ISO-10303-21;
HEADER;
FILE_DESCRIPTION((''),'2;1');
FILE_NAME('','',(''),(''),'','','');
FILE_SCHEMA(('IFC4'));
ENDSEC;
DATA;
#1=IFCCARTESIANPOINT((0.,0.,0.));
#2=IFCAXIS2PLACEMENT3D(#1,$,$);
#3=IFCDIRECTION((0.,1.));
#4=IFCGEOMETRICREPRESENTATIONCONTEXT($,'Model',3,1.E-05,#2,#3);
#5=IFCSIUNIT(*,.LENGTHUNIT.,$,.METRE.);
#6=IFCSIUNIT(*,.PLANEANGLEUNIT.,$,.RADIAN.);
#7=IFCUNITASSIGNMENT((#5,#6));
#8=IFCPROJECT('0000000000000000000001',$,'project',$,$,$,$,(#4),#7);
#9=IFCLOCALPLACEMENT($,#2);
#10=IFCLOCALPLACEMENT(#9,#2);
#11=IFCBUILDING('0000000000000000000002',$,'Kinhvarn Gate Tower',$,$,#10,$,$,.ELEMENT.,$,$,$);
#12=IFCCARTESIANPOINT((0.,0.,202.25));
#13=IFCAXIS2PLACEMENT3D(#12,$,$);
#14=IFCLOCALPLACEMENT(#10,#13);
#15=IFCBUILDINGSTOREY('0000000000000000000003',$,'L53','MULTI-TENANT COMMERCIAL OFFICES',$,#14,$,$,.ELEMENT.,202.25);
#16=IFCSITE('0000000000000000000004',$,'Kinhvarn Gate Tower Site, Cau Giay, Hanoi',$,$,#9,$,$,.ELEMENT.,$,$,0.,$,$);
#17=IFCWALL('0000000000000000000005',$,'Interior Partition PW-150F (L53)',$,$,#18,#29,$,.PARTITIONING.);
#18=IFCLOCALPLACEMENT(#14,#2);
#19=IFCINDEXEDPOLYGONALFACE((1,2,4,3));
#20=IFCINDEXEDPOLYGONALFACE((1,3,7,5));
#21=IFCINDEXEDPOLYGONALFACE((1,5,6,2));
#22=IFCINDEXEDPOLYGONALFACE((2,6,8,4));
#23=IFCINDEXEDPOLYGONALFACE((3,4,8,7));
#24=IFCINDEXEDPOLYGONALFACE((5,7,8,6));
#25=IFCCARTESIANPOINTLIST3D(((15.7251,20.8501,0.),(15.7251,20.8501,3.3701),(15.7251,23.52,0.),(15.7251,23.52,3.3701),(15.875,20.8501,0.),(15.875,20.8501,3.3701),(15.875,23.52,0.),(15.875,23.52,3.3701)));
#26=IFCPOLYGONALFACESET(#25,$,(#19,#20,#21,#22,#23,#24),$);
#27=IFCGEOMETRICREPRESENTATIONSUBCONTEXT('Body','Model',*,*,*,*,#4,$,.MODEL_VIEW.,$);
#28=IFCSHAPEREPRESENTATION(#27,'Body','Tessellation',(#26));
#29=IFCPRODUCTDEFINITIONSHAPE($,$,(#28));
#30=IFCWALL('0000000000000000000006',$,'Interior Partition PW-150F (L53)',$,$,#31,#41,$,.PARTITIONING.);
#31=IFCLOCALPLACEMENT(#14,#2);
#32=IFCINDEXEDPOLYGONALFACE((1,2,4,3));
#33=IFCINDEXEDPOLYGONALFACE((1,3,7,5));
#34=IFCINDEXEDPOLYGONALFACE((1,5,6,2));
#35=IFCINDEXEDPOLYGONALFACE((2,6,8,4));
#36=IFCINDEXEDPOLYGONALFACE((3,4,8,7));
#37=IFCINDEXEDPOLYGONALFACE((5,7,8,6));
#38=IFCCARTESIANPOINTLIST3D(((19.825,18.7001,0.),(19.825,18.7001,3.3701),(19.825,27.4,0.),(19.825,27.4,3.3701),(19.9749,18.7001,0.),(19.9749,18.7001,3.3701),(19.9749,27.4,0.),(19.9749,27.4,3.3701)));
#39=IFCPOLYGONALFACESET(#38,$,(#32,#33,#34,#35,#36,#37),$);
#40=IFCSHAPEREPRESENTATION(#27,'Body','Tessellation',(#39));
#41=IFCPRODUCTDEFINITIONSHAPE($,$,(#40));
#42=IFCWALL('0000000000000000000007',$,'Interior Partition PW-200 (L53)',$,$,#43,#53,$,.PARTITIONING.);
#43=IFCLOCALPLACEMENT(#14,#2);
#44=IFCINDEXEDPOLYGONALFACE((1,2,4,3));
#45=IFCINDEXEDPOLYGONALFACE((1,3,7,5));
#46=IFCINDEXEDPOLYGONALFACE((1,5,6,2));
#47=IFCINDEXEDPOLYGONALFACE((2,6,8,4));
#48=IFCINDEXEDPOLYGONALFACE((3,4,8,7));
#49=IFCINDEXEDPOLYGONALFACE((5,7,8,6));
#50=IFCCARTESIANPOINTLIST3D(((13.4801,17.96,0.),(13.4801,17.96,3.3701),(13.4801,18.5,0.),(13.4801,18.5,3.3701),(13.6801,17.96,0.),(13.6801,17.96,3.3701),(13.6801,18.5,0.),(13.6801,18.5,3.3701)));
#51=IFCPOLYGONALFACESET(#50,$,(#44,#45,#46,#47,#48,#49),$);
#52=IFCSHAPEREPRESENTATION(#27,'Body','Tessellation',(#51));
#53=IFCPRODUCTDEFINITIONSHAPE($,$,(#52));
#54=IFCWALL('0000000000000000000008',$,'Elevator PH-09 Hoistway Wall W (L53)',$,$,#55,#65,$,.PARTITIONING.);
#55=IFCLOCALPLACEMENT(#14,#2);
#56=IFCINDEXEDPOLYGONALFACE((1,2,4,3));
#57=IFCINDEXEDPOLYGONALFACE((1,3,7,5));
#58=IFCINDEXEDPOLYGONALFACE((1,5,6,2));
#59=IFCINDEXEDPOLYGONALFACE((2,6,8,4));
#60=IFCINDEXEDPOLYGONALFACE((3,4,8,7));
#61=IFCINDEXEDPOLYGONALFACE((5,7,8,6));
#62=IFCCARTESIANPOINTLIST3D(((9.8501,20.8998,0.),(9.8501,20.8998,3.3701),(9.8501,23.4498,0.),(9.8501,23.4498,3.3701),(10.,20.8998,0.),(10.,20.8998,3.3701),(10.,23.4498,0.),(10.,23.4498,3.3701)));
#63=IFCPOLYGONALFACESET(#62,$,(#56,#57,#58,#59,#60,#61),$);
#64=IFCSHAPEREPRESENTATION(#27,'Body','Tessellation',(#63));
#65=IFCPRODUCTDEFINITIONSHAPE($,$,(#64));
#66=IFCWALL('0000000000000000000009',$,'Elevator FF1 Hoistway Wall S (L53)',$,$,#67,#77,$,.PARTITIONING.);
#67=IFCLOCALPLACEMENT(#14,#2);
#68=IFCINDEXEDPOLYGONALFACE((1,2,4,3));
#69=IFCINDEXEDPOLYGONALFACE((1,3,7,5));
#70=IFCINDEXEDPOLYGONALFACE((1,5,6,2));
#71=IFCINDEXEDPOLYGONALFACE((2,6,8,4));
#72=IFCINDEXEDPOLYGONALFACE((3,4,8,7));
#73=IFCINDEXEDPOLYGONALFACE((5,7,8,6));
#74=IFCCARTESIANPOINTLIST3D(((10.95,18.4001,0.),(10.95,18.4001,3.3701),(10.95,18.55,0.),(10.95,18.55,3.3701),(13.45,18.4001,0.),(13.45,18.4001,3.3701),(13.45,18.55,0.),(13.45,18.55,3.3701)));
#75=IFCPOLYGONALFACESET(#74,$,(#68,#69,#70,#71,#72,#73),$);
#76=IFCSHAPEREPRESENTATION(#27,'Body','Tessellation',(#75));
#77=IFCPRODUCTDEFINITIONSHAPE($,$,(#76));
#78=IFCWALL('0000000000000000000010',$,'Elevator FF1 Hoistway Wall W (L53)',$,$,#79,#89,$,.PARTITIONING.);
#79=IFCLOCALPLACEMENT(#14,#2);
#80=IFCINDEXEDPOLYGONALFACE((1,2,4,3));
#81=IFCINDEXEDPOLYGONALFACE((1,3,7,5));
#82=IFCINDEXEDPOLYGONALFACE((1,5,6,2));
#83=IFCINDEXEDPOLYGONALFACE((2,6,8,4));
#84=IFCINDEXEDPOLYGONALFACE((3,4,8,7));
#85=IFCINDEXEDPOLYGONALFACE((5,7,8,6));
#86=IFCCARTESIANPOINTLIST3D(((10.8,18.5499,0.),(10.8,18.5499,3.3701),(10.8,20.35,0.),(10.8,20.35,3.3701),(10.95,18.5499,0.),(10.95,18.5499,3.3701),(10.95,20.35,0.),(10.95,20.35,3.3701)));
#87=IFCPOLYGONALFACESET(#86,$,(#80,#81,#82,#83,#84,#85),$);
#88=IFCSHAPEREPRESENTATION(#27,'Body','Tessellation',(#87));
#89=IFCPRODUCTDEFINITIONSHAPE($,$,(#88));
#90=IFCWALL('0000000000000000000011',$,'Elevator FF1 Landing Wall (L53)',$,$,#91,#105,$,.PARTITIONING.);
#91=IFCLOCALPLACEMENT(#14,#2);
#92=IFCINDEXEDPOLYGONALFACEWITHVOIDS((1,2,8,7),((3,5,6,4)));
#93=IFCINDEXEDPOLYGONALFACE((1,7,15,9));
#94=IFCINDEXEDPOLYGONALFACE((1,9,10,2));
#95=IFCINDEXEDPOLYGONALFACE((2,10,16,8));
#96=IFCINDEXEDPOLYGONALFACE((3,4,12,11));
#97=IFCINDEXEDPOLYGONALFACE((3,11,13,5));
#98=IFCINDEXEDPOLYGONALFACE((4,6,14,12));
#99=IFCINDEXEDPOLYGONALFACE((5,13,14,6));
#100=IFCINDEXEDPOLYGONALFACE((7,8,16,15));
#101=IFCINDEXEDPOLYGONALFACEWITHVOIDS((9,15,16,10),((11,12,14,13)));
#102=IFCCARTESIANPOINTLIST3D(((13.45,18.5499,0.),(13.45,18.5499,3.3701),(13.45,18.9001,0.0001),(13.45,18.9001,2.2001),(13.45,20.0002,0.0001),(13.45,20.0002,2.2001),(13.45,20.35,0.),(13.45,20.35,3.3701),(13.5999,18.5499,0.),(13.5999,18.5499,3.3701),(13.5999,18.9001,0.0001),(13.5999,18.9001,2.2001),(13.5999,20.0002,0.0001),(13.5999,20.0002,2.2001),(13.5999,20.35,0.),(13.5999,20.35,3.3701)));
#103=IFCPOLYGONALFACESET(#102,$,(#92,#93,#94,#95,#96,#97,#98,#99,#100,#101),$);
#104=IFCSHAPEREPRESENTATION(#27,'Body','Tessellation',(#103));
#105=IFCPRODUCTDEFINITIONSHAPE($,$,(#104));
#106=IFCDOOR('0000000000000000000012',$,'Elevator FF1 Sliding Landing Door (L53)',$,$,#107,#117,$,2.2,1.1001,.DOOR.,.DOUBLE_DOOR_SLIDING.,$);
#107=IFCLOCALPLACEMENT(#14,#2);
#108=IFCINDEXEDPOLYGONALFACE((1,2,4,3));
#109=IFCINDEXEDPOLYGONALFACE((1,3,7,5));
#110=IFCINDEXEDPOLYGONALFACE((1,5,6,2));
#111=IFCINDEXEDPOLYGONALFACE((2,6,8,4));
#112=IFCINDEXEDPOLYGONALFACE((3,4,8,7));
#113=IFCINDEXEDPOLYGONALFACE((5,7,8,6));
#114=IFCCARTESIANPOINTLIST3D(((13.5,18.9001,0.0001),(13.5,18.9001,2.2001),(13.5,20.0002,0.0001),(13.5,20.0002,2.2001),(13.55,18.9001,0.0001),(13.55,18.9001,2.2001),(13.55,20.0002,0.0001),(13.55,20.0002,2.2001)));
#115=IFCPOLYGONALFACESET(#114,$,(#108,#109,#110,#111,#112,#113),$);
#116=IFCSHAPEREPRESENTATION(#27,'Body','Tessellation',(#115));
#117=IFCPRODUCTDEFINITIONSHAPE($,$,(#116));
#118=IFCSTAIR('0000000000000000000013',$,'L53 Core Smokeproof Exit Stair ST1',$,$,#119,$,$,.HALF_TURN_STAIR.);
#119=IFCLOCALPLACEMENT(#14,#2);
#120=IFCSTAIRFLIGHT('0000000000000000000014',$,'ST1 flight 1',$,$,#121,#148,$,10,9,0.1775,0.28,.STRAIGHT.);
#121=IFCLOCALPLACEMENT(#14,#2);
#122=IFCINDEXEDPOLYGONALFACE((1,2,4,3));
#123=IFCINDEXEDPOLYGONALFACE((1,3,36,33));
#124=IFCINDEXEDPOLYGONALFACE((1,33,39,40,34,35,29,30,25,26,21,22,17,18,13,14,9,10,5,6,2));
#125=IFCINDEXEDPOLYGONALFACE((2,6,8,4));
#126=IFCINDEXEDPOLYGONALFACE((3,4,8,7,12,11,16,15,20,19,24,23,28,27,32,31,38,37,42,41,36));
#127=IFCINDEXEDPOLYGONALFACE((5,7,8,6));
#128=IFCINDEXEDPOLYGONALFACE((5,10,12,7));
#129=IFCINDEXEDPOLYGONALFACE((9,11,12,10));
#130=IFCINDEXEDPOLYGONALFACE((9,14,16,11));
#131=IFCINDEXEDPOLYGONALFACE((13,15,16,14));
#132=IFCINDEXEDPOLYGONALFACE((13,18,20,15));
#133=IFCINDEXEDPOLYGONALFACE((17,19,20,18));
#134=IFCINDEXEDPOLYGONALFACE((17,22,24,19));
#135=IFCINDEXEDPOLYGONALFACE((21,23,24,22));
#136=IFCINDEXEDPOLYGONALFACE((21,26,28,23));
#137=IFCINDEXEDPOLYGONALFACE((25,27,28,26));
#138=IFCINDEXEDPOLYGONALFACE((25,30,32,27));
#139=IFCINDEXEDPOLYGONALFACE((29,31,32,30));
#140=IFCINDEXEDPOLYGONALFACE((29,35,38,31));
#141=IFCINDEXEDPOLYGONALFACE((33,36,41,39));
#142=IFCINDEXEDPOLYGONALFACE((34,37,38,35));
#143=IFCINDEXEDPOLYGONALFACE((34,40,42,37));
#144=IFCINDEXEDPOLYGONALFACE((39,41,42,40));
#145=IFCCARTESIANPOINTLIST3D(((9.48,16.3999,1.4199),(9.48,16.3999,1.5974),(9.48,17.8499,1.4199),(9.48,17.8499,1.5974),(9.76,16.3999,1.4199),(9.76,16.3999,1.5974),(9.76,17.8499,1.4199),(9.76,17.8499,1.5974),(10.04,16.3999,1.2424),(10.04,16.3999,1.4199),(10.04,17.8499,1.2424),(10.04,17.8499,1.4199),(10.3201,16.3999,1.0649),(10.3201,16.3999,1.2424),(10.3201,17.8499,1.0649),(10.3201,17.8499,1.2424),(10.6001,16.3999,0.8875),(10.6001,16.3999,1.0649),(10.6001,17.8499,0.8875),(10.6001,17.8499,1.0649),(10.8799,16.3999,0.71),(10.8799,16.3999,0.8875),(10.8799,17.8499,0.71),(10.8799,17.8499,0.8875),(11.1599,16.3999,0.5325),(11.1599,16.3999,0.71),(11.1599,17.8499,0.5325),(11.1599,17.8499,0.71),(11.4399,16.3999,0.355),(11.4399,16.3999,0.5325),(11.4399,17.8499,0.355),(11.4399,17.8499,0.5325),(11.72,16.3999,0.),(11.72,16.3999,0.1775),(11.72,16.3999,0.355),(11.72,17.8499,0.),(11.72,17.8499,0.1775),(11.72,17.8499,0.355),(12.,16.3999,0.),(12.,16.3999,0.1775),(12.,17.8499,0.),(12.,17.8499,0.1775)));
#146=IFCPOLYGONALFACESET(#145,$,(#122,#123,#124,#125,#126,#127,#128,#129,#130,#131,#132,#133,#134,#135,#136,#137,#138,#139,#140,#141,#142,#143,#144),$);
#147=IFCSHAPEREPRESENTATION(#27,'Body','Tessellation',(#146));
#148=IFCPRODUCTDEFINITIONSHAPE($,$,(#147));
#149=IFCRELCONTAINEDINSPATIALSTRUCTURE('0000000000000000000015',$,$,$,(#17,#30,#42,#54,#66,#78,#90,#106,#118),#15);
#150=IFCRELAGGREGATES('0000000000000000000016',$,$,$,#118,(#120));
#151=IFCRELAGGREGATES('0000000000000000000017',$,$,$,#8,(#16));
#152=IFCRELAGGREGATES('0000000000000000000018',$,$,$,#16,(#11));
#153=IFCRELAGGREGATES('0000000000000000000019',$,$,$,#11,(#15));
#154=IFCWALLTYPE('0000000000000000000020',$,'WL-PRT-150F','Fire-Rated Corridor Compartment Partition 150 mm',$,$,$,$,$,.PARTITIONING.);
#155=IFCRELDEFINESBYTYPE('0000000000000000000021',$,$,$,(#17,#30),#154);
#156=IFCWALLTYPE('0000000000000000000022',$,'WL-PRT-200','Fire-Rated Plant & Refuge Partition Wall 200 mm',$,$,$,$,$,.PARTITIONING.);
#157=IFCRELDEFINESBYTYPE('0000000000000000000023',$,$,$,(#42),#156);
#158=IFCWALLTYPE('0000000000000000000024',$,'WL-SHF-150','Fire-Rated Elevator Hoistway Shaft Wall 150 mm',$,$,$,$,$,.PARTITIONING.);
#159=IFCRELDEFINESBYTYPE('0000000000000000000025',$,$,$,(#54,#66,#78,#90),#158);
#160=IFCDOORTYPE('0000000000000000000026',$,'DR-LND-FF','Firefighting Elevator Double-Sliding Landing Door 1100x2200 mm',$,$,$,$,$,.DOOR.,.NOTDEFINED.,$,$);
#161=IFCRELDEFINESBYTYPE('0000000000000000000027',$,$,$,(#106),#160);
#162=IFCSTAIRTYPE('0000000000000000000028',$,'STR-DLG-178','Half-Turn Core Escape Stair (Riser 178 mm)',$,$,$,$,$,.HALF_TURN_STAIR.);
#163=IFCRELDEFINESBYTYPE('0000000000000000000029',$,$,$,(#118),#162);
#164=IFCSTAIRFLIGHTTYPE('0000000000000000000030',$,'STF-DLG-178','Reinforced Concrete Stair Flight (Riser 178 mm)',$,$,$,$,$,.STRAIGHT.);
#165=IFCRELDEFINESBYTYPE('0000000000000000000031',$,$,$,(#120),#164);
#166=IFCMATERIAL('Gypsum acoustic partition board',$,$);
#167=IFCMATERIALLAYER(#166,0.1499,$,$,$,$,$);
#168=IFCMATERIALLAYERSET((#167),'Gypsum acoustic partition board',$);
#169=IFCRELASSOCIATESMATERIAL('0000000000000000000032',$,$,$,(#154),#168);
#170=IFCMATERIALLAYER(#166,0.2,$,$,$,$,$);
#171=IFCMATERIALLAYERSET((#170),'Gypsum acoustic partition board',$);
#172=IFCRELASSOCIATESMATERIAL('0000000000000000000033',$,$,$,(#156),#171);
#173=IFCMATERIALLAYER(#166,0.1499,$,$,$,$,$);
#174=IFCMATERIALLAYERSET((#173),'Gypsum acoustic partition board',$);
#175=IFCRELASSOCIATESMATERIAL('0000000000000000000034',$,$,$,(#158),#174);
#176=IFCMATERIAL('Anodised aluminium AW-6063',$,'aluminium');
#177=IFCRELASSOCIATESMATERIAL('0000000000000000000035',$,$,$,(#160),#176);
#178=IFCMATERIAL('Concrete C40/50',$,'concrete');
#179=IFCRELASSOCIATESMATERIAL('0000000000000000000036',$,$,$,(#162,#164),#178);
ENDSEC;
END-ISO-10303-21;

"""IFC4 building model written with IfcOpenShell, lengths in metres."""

from ifc_helpers import new_model, si_unit, direction, frame, frame_2d, origin, place, context, subcontext, project, spatial, polyline, rectangle, outline, extrude, material, layer, layer_set, type_object, element, fill, aggregate, save


model = new_model("IFC4")

# Units and contexts
model_context = context("Model", 3, precision=1e-05, world=origin(), true_north=direction((0.0, 1.0)))
body_context = subcontext(model_context, "Body", "Model", "MODEL_VIEW")
ifc_project = project(units=[si_unit("LENGTHUNIT", "METRE"), si_unit("PLANEANGLEUNIT", "RADIAN")], contexts=[model_context])

# Site, building, storey
site_placement = place(None, origin())
site = spatial("IfcSite", under=ifc_project, at=site_placement, Name="Kinhvarn Gate Tower Site, Cau Giay, Hanoi", CompositionType="ELEMENT", RefElevation=0.0)
building_placement = place(site_placement, origin())
building = spatial("IfcBuilding", under=site, at=building_placement, Name="Kinhvarn Gate Tower", CompositionType="ELEMENT")
storey_placement = place(building_placement, frame((0.0, 0.0, 202.25)))
storey = spatial("IfcBuildingStorey", under=building, at=storey_placement, Name="L53", Description="MULTI-TENANT COMMERCIAL OFFICES", CompositionType="ELEMENT", Elevation=202.25)

# Shared definitions
ifc_material_1 = material(Name="Anodised aluminium AW-6063", Category="aluminium")

# Shared definitions
ifc_material_2 = material(Name="Gypsum acoustic partition board")

# Walls
ifc_layer_1 = layer(ifc_material_2, 0.1499)
ifc_layer_set_1 = layer_set([ifc_layer_1], Name="Gypsum acoustic partition board")
wall_type_1 = type_object("IfcWallType", Name="WL-PRT-150F", Description="Fire-Rated Corridor Compartment Partition 150 mm", PredefinedType="PARTITIONING", material=ifc_layer_set_1)
wall_1_placement = place(storey_placement, frame((15.8, 20.8501, 0.0), z_axis=(0.0, 0.0, 1.0), x_axis=(0.0, 1.0, 0.0)))
element("IfcWall", 1, at=wall_1_placement, inside=storey, type_object=wall_type_1, Name="Interior Partition PW-150F (L53)", PredefinedType="PARTITIONING", context=body_context, shape_type="SweptSolid", body=[
    extrude(rectangle(XDim=2.6699, YDim=0.1499, at=frame_2d((1.335, 0.0))), origin(), (0.0, 0.0, 1.0), 3.3701),
])
wall_2_placement = place(storey_placement, frame((19.8999, 18.7, 0.0), z_axis=(0.0, 0.0, 1.0), x_axis=(0.0, 1.0, 0.0)))
element("IfcWall", 2, at=wall_2_placement, inside=storey, type_object=wall_type_1, Name="Interior Partition PW-150F (L53)", PredefinedType="PARTITIONING", context=body_context, shape_type="SweptSolid", body=[
    extrude(rectangle(XDim=8.7, YDim=0.1499, at=frame_2d((4.3501, 0.0))), origin(), (0.0, 0.0, 1.0), 3.3701),
])
ifc_layer_2 = layer(ifc_material_2, 0.2)
ifc_layer_set_2 = layer_set([ifc_layer_2], Name="Gypsum acoustic partition board")
wall_type_2 = type_object("IfcWallType", Name="WL-PRT-200", Description="Fire-Rated Plant & Refuge Partition Wall 200 mm", PredefinedType="PARTITIONING", material=ifc_layer_set_2)
wall_3_placement = place(storey_placement, frame((13.5801, 17.96, 0.0), z_axis=(0.0, 0.0, 1.0), x_axis=(0.0, 1.0, 0.0)))
element("IfcWall", 3, at=wall_3_placement, inside=storey, type_object=wall_type_2, Name="Interior Partition PW-200 (L53)", PredefinedType="PARTITIONING", context=body_context, shape_type="SweptSolid", body=[
    extrude(rectangle(XDim=0.54, YDim=0.2, at=frame_2d((0.27, 0.0))), origin(), (0.0, 0.0, 1.0), 3.3701),
])
ifc_layer_3 = layer(ifc_material_2, 0.1499)
ifc_layer_set_3 = layer_set([ifc_layer_3], Name="Gypsum acoustic partition board")
wall_type_3 = type_object("IfcWallType", Name="WL-SHF-150", Description="Fire-Rated Elevator Hoistway Shaft Wall 150 mm", PredefinedType="PARTITIONING", material=ifc_layer_set_3)
wall_4_placement = place(storey_placement, frame((9.925, 20.8999, 0.0), z_axis=(0.0, 0.0, 1.0), x_axis=(0.0, 1.0, 0.0)))
element("IfcWall", 4, at=wall_4_placement, inside=storey, type_object=wall_type_3, Name="Elevator PH-09 Hoistway Wall W (L53)", PredefinedType="PARTITIONING", context=body_context, shape_type="SweptSolid", body=[
    extrude(rectangle(XDim=2.55, YDim=0.1499, at=frame_2d((1.2749, 0.0))), origin(), (0.0, 0.0, 1.0), 3.3701),
])
wall_5_placement = place(storey_placement, frame((10.95, 18.4751, 0.0), z_axis=(0.0, 0.0, 1.0), x_axis=(1.0, 0.0, 0.0)))
element("IfcWall", 5, at=wall_5_placement, inside=storey, type_object=wall_type_3, Name="Elevator FF1 Hoistway Wall S (L53)", PredefinedType="PARTITIONING", context=body_context, shape_type="SweptSolid", body=[
    extrude(rectangle(XDim=2.5, YDim=0.1499, at=frame_2d((1.25, 0.0))), origin(), (0.0, 0.0, 1.0), 3.3701),
])
wall_6_placement = place(storey_placement, frame((10.875, 18.55, 0.0), z_axis=(0.0, 0.0, 1.0), x_axis=(0.0, 1.0, 0.0)))
element("IfcWall", 6, at=wall_6_placement, inside=storey, type_object=wall_type_3, Name="Elevator FF1 Hoistway Wall W (L53)", PredefinedType="PARTITIONING", context=body_context, shape_type="SweptSolid", body=[
    extrude(rectangle(XDim=1.8, YDim=0.1499, at=frame_2d((0.8999, 0.0))), origin(), (0.0, 0.0, 1.0), 3.3701),
])

# Wall, opening, door
wall_7_placement = place(storey_placement, frame((13.5249, 18.55, 0.0), z_axis=(0.0, 0.0, 1.0), x_axis=(0.0, 1.0, 0.0)))
wall_7 = element("IfcWall", 7, at=wall_7_placement, inside=storey, type_object=wall_type_3, Name="Elevator FF1 Landing Wall (L53)", PredefinedType="PARTITIONING", context=body_context, shape_type="SweptSolid", body=[
    extrude(rectangle(XDim=1.8, YDim=0.1499, at=frame_2d((0.8999, 0.0))), origin(), (0.0, 0.0, 1.0), 3.3701),
])
opening_1_placement = place(wall_7_placement, frame((0.3501, 0.0, 0.0)))
opening_1 = element("IfcOpeningElement", 8, at=opening_1_placement, cuts=wall_7, PredefinedType="OPENING", context=body_context, shape_type="SweptSolid", body=[
    extrude(rectangle(XDim=1.1001, YDim=2.2, at=frame_2d((0.55, 1.1001))), frame((0.0, 0.085, 0.0), z_axis=(0.0, -1.0, 0.0), x_axis=(1.0, 0.0, 0.0)), (0.0, 0.0, 1.0), 0.1699),
])
door_type_1 = type_object("IfcDoorType", Name="DR-LND-FF", Description="Firefighting Elevator Double-Sliding Landing Door 1100x2200 mm", OperationType="NOTDEFINED", PredefinedType="DOOR", material=ifc_material_1)
door_1_placement = place(opening_1_placement, origin())
door_1 = element("IfcDoor", 9, at=door_1_placement, inside=storey, type_object=door_type_1, Name="Elevator FF1 Sliding Landing Door (L53)", OperationType="DOUBLE_DOOR_SLIDING", OverallHeight=2.2, OverallWidth=1.1001, PredefinedType="DOOR", context=body_context, shape_type="SweptSolid", body=[
    extrude(rectangle(XDim=1.1001, YDim=2.2, at=frame_2d((0.55, 1.1001))), frame((0.0, 0.0249, 0.0), z_axis=(0.0, -1.0, 0.0), x_axis=(1.0, 0.0, 0.0)), (0.0, 0.0, 1.0), 0.05),
])
fill(opening_1, door_1)
ifc_material_3 = material(Name="Concrete C40/50", Category="concrete")

# Stair, stair flight
stair_type = type_object("IfcStairType", Name="STR-DLG-178", Description="Half-Turn Core Escape Stair (Riser 178 mm)", PredefinedType="HALF_TURN_STAIR", material=ifc_material_3)
stair_placement = place(storey_placement, origin())
stair = element("IfcStair", 10, at=stair_placement, inside=storey, type_object=stair_type, Name="L53 Core Smokeproof Exit Stair ST1", PredefinedType="HALF_TURN_STAIR")
stair_flight_type = type_object("IfcStairFlightType", Name="STF-DLG-178", Description="Reinforced Concrete Stair Flight (Riser 178 mm)", PredefinedType="STRAIGHT", material=ifc_material_3)
stair_flight_placement = place(storey_placement, frame((12.0, 17.125, 0.0), z_axis=(0.0, 0.0, 1.0), x_axis=(-1.0, 0.0, 0.0)))
stair_flight = element("IfcStairFlight", 11, at=stair_flight_placement, type_object=stair_flight_type, Name="ST1 flight 1", NumberOfRisers=10, NumberOfTreads=9, PredefinedType="STRAIGHT", RiserHeight=0.1775, TreadLength=0.28, context=body_context, shape_type="SweptSolid", body=[
    extrude(outline(polyline([(0.0, 0.0), (0.0, 0.1775), (0.28, 0.1775), (0.28, 0.355), (0.5601, 0.355), (0.5601, 0.5325), (0.8401, 0.5325), (0.8401, 0.71), (1.1201, 0.71), (1.1201, 0.8875), (1.3999, 0.8875), (1.3999, 1.0649), (1.6799, 1.0649), (1.6799, 1.2424), (1.96, 1.2424), (1.96, 1.4199), (2.24, 1.4199), (2.24, 1.5974), (2.52, 1.5974), (2.52, 1.7749), (2.52, 1.4199), (0.28, 0.0), (0.0, 0.0)])), frame((0.0, 0.7251, 0.0), z_axis=(0.0, -1.0, 0.0), x_axis=(1.0, 0.0, 0.0)), (0.0, 0.0, 1.0), 1.45),
])
aggregate(stair, [stair_flight])

save(model, "model.ifc")
